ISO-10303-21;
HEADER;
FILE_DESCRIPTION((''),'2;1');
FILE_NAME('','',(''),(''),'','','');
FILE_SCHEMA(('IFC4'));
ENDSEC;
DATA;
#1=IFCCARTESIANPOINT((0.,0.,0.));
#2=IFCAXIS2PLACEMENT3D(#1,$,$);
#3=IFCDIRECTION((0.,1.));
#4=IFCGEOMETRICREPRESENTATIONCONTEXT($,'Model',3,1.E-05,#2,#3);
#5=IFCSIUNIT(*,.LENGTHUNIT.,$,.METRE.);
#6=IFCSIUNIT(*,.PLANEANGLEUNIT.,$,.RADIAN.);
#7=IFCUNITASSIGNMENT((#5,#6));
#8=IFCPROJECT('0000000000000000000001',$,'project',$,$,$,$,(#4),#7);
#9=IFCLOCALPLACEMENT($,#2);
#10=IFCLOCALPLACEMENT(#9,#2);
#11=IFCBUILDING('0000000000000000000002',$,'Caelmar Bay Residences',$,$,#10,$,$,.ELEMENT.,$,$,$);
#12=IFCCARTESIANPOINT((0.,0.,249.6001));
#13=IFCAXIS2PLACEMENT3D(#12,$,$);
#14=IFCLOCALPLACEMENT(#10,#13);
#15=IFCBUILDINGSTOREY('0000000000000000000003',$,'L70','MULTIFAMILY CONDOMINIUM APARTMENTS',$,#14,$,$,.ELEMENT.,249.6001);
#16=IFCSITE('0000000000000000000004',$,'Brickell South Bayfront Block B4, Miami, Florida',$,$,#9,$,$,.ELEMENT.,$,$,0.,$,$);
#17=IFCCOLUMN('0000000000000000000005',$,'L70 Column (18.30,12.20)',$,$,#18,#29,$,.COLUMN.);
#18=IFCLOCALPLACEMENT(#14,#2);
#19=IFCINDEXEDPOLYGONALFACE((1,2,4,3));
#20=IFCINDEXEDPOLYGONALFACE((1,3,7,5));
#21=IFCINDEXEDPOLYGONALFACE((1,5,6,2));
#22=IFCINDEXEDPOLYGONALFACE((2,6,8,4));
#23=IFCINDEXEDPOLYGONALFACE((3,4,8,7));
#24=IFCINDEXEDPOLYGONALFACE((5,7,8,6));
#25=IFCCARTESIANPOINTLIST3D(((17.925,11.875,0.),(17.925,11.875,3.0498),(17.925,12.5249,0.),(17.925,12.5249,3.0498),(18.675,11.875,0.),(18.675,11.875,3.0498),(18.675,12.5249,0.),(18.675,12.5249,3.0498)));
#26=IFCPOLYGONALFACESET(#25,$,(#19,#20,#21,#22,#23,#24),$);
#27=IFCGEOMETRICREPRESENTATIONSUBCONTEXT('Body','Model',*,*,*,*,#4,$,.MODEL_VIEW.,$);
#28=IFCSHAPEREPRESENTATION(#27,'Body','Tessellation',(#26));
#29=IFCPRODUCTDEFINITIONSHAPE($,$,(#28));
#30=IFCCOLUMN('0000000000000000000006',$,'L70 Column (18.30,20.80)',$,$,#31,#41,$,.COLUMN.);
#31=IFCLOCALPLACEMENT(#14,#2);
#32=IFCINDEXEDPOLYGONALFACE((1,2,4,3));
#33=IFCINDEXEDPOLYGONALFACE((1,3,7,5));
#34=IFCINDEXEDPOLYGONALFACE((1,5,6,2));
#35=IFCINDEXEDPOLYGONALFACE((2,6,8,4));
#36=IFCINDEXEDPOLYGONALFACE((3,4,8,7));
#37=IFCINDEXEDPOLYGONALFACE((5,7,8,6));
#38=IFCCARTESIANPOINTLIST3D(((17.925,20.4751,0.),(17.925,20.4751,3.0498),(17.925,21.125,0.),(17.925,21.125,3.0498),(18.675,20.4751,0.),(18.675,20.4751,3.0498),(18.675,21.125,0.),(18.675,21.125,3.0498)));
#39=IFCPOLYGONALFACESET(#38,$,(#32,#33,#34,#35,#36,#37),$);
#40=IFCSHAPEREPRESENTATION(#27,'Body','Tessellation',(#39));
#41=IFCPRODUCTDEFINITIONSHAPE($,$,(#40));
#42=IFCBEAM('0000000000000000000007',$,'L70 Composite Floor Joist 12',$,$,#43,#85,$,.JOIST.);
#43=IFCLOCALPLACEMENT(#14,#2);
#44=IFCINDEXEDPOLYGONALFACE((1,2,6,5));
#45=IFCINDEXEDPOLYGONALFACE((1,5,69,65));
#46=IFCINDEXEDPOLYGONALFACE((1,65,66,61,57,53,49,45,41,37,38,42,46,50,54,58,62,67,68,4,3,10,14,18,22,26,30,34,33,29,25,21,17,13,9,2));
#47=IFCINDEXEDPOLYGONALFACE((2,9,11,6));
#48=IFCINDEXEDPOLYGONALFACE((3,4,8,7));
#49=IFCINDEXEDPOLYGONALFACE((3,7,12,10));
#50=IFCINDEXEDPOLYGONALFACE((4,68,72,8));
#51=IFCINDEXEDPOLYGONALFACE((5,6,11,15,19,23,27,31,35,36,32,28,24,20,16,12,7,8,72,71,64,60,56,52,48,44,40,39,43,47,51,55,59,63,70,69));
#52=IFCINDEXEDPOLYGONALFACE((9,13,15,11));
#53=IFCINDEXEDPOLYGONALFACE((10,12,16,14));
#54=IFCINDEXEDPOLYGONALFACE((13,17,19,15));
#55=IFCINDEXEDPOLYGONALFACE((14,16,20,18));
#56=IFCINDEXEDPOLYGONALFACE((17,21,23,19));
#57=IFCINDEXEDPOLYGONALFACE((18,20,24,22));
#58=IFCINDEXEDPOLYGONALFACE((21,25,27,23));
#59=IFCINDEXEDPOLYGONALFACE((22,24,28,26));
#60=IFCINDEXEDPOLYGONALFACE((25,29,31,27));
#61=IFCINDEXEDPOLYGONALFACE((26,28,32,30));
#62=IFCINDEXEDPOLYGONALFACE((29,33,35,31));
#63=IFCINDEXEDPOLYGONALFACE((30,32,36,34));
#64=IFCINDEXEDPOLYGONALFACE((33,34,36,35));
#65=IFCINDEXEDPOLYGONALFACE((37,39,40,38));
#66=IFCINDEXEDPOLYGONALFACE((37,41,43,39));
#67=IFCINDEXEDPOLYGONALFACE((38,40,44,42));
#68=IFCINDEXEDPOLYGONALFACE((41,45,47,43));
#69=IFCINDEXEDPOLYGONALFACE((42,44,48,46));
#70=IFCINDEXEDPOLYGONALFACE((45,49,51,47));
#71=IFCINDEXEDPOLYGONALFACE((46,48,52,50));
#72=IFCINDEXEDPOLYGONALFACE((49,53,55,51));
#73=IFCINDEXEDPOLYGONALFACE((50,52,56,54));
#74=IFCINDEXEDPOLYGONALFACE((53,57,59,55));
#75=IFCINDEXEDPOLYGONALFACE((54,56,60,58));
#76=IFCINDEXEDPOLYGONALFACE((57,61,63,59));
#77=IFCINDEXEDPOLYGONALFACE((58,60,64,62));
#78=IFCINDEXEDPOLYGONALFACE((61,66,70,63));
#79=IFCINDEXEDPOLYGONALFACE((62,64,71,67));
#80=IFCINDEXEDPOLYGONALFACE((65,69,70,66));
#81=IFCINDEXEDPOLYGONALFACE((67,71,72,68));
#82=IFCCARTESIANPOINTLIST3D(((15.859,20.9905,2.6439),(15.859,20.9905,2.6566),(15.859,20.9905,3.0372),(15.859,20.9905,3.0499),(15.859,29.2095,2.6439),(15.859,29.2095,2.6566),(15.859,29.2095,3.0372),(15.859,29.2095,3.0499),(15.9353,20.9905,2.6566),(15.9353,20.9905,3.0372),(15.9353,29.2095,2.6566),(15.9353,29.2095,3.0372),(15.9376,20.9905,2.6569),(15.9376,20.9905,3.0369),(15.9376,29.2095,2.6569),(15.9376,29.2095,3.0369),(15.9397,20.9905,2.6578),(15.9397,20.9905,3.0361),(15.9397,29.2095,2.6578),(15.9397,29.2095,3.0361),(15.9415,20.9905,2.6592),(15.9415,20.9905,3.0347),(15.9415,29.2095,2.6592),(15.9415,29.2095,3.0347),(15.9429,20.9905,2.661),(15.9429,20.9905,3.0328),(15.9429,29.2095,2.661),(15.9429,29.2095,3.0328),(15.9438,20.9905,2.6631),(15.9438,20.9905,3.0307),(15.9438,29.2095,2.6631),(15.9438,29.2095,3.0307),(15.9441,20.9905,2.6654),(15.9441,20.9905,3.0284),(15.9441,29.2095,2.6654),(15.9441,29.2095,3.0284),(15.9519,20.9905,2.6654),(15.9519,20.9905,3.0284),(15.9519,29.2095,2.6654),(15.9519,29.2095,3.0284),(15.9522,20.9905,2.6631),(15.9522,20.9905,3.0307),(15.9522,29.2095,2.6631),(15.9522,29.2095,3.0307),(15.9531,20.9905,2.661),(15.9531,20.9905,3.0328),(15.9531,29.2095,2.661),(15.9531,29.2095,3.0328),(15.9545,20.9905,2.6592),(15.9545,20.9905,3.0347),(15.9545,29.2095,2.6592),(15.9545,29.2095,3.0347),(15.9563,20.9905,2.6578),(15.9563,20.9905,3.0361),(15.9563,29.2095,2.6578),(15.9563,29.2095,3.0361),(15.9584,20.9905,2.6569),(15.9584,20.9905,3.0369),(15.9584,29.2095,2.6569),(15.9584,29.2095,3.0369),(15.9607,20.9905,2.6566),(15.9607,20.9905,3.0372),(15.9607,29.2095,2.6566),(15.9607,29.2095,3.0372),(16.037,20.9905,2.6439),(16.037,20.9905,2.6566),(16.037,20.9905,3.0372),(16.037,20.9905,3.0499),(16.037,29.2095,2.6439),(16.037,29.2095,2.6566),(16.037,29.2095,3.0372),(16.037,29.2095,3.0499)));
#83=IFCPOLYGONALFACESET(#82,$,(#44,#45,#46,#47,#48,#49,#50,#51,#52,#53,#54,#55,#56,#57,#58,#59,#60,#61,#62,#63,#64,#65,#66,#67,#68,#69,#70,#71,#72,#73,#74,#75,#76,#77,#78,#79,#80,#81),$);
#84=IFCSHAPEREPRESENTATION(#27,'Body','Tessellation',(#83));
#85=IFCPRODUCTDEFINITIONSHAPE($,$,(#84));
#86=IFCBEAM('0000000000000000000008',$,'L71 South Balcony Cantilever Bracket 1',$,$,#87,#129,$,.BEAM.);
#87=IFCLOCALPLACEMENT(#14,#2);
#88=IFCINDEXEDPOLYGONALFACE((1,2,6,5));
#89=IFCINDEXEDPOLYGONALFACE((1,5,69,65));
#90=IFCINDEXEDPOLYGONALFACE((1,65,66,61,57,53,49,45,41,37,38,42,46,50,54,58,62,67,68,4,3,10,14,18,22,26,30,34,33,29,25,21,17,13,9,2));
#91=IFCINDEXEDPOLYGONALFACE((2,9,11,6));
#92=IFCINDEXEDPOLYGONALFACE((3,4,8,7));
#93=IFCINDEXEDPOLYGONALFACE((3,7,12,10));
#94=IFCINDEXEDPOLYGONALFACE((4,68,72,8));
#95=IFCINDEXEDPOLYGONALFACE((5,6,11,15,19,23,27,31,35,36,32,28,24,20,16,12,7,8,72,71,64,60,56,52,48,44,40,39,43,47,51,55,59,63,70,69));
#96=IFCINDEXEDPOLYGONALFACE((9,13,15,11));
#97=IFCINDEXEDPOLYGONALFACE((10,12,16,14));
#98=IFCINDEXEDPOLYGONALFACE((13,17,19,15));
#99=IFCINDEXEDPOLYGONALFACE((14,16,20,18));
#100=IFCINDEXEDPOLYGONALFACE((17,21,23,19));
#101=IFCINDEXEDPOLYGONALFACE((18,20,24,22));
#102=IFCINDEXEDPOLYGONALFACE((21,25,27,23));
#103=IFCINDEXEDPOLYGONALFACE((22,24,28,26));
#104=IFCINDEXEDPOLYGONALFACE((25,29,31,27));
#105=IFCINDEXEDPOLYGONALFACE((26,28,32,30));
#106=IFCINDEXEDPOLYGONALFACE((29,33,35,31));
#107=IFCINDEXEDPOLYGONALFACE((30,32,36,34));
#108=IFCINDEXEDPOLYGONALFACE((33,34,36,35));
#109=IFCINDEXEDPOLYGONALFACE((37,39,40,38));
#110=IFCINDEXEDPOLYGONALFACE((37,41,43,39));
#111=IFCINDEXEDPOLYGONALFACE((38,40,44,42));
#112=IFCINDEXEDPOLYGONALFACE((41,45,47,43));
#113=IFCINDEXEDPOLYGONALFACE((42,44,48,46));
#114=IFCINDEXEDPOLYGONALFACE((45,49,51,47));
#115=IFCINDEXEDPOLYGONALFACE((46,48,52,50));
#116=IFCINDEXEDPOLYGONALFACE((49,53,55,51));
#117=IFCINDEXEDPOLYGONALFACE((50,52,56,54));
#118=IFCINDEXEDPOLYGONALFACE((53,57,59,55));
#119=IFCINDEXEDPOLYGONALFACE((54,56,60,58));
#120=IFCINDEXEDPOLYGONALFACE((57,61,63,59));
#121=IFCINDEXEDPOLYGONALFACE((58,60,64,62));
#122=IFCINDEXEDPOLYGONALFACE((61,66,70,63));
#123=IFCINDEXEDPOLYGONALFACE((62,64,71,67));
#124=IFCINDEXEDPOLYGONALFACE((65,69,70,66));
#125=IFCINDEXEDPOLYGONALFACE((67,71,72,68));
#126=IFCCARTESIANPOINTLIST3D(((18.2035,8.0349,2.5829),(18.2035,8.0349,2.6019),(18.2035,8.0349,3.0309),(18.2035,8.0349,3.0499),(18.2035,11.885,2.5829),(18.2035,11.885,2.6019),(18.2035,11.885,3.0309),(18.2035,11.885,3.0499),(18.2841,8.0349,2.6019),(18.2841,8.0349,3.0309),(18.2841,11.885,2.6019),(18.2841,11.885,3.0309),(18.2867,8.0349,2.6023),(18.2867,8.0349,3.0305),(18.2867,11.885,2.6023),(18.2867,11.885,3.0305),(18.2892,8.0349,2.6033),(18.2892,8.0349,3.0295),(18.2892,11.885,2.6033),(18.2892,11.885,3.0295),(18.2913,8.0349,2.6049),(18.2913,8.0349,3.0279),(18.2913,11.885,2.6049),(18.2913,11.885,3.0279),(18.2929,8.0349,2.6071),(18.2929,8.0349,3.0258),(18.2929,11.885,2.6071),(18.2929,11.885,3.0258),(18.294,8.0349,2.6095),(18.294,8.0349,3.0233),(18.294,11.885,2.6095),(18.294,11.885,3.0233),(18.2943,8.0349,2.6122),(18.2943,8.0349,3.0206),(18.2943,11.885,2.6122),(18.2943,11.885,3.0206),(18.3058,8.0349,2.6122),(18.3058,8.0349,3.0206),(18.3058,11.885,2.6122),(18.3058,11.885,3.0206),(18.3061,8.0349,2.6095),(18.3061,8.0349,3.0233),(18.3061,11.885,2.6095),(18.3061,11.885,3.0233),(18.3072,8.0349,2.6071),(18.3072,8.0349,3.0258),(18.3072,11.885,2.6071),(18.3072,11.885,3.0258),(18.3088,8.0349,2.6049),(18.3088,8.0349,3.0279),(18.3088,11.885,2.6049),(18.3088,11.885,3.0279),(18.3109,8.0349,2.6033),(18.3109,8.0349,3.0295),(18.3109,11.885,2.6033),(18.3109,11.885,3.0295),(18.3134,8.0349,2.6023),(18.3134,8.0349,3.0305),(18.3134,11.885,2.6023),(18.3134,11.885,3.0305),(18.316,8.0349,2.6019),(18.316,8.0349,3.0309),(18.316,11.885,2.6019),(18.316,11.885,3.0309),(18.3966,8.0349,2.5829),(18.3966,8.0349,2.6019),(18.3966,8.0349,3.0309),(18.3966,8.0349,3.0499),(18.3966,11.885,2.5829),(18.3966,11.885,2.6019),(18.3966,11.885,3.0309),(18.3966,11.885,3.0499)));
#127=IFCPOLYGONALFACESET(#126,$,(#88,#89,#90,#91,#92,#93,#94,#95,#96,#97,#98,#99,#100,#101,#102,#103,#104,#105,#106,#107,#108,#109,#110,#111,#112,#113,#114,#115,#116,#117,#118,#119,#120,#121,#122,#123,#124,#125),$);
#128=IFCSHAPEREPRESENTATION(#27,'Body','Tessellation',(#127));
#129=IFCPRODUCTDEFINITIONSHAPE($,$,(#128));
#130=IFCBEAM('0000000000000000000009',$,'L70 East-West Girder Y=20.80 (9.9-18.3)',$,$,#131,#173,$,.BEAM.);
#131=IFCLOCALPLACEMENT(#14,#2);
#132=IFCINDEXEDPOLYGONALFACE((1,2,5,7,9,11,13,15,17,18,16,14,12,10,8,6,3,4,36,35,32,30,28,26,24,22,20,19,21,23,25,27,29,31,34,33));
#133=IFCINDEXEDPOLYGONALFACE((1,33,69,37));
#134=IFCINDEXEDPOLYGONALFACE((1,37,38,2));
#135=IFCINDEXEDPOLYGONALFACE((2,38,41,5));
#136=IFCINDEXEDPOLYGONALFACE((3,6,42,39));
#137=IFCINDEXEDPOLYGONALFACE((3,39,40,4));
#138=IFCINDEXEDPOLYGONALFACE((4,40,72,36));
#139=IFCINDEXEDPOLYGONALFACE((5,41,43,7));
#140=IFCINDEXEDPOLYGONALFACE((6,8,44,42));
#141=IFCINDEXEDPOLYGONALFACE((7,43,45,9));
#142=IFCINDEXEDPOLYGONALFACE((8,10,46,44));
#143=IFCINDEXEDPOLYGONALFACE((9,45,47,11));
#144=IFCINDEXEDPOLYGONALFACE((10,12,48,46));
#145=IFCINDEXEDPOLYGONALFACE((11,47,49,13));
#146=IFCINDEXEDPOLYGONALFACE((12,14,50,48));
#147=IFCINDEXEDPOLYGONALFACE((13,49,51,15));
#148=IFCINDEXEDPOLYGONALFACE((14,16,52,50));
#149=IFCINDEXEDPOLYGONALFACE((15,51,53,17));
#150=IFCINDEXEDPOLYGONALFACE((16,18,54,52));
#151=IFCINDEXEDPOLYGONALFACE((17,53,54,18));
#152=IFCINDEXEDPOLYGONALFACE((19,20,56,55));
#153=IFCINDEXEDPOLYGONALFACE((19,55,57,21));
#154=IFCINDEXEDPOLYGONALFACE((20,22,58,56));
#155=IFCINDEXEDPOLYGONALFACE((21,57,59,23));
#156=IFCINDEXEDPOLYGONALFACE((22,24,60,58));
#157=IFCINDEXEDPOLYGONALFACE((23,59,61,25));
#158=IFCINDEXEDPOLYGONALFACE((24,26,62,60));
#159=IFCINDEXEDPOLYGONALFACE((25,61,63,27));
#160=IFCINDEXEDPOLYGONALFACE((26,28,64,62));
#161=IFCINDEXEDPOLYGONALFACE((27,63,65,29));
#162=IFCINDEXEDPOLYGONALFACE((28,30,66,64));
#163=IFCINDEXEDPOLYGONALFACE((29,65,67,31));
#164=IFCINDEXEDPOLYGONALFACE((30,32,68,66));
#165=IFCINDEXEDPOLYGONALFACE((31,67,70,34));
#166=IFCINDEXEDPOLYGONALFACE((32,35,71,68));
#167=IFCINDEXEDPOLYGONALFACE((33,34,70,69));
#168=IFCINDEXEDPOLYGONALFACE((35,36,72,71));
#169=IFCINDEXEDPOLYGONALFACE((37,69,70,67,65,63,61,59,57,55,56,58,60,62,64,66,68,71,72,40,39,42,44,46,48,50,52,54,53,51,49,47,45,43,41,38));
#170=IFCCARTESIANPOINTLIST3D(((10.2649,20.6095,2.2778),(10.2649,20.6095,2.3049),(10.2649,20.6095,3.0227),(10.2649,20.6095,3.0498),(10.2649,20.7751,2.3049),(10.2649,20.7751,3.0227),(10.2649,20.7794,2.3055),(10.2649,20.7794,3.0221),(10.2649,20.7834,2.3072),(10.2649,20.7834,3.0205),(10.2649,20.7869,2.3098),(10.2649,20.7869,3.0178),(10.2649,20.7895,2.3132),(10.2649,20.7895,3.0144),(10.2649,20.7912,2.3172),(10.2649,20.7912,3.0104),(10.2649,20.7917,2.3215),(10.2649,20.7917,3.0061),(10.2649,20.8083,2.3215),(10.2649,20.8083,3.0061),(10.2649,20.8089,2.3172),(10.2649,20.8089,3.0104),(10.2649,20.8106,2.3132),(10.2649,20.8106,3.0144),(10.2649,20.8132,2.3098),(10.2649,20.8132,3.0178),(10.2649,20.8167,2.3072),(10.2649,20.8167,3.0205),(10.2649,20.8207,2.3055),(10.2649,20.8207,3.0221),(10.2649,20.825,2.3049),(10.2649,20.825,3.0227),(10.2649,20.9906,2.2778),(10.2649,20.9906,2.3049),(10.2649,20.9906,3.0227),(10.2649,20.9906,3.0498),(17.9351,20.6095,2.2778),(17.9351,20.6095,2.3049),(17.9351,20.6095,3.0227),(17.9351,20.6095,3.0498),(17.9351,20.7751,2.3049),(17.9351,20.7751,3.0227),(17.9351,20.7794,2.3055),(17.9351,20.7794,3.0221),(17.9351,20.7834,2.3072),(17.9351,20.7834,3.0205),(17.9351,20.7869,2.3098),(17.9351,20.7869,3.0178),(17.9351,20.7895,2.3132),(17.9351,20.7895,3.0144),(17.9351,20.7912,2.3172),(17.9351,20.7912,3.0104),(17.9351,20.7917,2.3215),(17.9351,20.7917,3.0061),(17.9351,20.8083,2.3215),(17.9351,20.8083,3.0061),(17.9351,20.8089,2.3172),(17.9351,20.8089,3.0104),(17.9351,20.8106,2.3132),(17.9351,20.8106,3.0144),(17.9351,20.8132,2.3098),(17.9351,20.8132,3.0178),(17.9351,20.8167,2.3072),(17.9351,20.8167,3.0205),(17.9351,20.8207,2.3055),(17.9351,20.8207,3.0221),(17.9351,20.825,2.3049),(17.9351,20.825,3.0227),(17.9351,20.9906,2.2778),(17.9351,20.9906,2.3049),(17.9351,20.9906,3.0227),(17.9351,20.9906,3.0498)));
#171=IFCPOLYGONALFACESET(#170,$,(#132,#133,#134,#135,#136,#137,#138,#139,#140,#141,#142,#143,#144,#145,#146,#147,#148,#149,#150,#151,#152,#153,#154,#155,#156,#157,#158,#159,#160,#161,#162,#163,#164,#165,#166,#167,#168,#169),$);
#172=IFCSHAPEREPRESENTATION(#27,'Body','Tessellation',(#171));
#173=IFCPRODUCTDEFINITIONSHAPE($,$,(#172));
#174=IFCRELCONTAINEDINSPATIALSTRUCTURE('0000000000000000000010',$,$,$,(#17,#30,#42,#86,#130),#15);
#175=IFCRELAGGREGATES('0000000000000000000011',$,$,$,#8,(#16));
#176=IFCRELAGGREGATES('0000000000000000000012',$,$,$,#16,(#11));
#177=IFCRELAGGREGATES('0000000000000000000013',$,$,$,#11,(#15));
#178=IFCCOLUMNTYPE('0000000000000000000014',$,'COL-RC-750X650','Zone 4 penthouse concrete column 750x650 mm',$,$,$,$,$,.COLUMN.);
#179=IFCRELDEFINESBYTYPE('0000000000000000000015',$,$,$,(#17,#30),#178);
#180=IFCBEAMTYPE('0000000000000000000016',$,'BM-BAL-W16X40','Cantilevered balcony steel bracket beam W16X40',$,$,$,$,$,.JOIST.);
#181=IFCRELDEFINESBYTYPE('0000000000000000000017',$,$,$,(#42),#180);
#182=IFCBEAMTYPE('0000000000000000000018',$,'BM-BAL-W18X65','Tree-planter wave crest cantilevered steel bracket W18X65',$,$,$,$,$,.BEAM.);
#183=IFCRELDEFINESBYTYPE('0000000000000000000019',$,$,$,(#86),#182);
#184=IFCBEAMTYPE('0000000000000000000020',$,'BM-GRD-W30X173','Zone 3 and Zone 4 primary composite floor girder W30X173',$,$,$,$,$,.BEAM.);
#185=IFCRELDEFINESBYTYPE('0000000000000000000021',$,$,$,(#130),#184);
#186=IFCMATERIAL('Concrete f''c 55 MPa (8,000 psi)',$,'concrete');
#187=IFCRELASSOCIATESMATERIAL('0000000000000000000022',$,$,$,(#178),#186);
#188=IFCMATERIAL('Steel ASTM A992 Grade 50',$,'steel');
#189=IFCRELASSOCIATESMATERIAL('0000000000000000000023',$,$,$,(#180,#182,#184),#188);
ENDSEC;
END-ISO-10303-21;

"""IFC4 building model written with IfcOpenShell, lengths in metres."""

from ifc_helpers import new_model, si_unit, direction, frame, origin, origin_2d, place, context, subcontext, project, spatial, rectangle, i_section, extrude, material, material_profile, profile_set, type_object, element, save


model = new_model("IFC4")

# Units and contexts
model_context = context("Model", 3, precision=1e-05, world=origin(), true_north=direction((0.0, 1.0)))
body_context = subcontext(model_context, "Body", "Model", "MODEL_VIEW")
ifc_project = project(units=[si_unit("LENGTHUNIT", "METRE"), si_unit("PLANEANGLEUNIT", "RADIAN")], contexts=[model_context])

# Site, building, storey
site_placement = place(None, origin())
site = spatial("IfcSite", under=ifc_project, at=site_placement, Name="Brickell South Bayfront Block B4, Miami, Florida", CompositionType="ELEMENT", RefElevation=0.0)
building_placement = place(site_placement, origin())
building = spatial("IfcBuilding", under=site, at=building_placement, Name="Caelmar Bay Residences", CompositionType="ELEMENT")
storey_placement = place(building_placement, frame((0.0, 0.0, 249.6001)))
storey = spatial("IfcBuildingStorey", under=building, at=storey_placement, Name="L70", Description="MULTIFAMILY CONDOMINIUM APARTMENTS", CompositionType="ELEMENT", Elevation=249.6001)

# Columns
ifc_material_1 = material(Name="Concrete f'c 55 MPa (8,000 psi)", Category="concrete")
ifc_material_profile_1 = material_profile(ifc_material_1, rectangle(XDim=0.75, YDim=0.6499, at=origin_2d()), Name="RC-COL-750X650")
ifc_profile_set_1 = profile_set([ifc_material_profile_1], Name="Concrete f'c 55 MPa (8,000 psi)")
column_type = type_object("IfcColumnType", Name="COL-RC-750X650", Description="Zone 4 penthouse concrete column 750x650 mm", PredefinedType="COLUMN", material=ifc_profile_set_1)
for number, where, z_axis, x_axis, name in (
    (1, (18.3, 12.2, 0.0), (0.0, 0.0, 1.0), (1.0, 0.0, 0.0), "L70 Column (18.30,12.20)"),
    (2, (18.3, 20.8, 0.0), (0.0, 0.0, 1.0), (1.0, 0.0, 0.0), "L70 Column (18.30,20.80)"),
):
    element("IfcColumn", number, at=place(storey_placement, frame(where, z_axis=z_axis, x_axis=x_axis)), inside=storey, type_object=column_type, Name=name, PredefinedType="COLUMN", context=body_context, shape_type="SweptSolid", body=[
        extrude(rectangle(XDim=0.75, YDim=0.6499, at=origin_2d()), origin(), (0.0, 0.0, 1.0), 3.0498),
    ])

# Beams
ifc_material_2 = material(Name="Steel ASTM A992 Grade 50", Category="steel")
ifc_material_profile_2 = material_profile(ifc_material_2, i_section(OverallWidth=0.178, OverallDepth=0.406, WebThickness=0.0078, FlangeThickness=0.0127, FilletRadius=0.0088, at=origin_2d()), Name="W16X40")
ifc_profile_set_2 = profile_set([ifc_material_profile_2], Name="Steel ASTM A992 Grade 50")
beam_type_1 = type_object("IfcBeamType", Name="BM-BAL-W16X40", Description="Cantilevered balcony steel bracket beam W16X40", PredefinedType="JOIST", material=ifc_profile_set_2)
beam_1_placement = place(storey_placement, frame((15.948, 20.9905, 2.8469), z_axis=(0.0, 1.0, 0.0), x_axis=(-1.0, 0.0, 0.0)))
element("IfcBeam", 3, at=beam_1_placement, inside=storey, type_object=beam_type_1, Name="L70 Composite Floor Joist 12", PredefinedType="JOIST", context=body_context, shape_type="SweptSolid", body=[
    extrude(i_section(OverallWidth=0.178, OverallDepth=0.406, WebThickness=0.0078, FlangeThickness=0.0127, FilletRadius=0.0088, at=origin_2d()), origin(), (0.0, 0.0, 1.0), 8.219),
])
ifc_material_profile_3 = material_profile(ifc_material_2, i_section(OverallWidth=0.1931, OverallDepth=0.467, WebThickness=0.0115, FlangeThickness=0.019, FilletRadius=0.0103, at=origin_2d()), Name="W18X65")
ifc_profile_set_3 = profile_set([ifc_material_profile_3], Name="Steel ASTM A992 Grade 50")
beam_type_2 = type_object("IfcBeamType", Name="BM-BAL-W18X65", Description="Tree-planter wave crest cantilevered steel bracket W18X65", PredefinedType="BEAM", material=ifc_profile_set_3)
beam_2_placement = place(storey_placement, frame((18.3, 11.885, 2.8164), z_axis=(0.0, -1.0, 0.0), x_axis=(1.0, 0.0, 0.0)))
element("IfcBeam", 4, at=beam_2_placement, inside=storey, type_object=beam_type_2, Name="L71 South Balcony Cantilever Bracket 1", PredefinedType="BEAM", context=body_context, shape_type="SweptSolid", body=[
    extrude(i_section(OverallWidth=0.1931, OverallDepth=0.467, WebThickness=0.0115, FlangeThickness=0.019, FilletRadius=0.0103, at=origin_2d()), origin(), (0.0, 0.0, 1.0), 3.8501),
])
ifc_material_profile_4 = material_profile(ifc_material_2, i_section(OverallWidth=0.3811, OverallDepth=0.772, WebThickness=0.0166, FlangeThickness=0.0271, FilletRadius=0.0166, at=origin_2d()), Name="W30X173")
ifc_profile_set_4 = profile_set([ifc_material_profile_4], Name="Steel ASTM A992 Grade 50")
beam_type_3 = type_object("IfcBeamType", Name="BM-GRD-W30X173", Description="Zone 3 and Zone 4 primary composite floor girder W30X173", PredefinedType="BEAM", material=ifc_profile_set_4)
beam_3_placement = place(storey_placement, frame((10.2649, 20.8, 2.6638), z_axis=(1.0, 0.0, 0.0), x_axis=(0.0, 1.0, 0.0)))
element("IfcBeam", 5, at=beam_3_placement, inside=storey, type_object=beam_type_3, Name="L70 East-West Girder Y=20.80 (9.9-18.3)", PredefinedType="BEAM", context=body_context, shape_type="SweptSolid", body=[
    extrude(i_section(OverallWidth=0.3811, OverallDepth=0.772, WebThickness=0.0166, FlangeThickness=0.0271, FilletRadius=0.0166, at=origin_2d()), origin(), (0.0, 0.0, 1.0), 7.6702),
])

save(model, "model.ifc")
